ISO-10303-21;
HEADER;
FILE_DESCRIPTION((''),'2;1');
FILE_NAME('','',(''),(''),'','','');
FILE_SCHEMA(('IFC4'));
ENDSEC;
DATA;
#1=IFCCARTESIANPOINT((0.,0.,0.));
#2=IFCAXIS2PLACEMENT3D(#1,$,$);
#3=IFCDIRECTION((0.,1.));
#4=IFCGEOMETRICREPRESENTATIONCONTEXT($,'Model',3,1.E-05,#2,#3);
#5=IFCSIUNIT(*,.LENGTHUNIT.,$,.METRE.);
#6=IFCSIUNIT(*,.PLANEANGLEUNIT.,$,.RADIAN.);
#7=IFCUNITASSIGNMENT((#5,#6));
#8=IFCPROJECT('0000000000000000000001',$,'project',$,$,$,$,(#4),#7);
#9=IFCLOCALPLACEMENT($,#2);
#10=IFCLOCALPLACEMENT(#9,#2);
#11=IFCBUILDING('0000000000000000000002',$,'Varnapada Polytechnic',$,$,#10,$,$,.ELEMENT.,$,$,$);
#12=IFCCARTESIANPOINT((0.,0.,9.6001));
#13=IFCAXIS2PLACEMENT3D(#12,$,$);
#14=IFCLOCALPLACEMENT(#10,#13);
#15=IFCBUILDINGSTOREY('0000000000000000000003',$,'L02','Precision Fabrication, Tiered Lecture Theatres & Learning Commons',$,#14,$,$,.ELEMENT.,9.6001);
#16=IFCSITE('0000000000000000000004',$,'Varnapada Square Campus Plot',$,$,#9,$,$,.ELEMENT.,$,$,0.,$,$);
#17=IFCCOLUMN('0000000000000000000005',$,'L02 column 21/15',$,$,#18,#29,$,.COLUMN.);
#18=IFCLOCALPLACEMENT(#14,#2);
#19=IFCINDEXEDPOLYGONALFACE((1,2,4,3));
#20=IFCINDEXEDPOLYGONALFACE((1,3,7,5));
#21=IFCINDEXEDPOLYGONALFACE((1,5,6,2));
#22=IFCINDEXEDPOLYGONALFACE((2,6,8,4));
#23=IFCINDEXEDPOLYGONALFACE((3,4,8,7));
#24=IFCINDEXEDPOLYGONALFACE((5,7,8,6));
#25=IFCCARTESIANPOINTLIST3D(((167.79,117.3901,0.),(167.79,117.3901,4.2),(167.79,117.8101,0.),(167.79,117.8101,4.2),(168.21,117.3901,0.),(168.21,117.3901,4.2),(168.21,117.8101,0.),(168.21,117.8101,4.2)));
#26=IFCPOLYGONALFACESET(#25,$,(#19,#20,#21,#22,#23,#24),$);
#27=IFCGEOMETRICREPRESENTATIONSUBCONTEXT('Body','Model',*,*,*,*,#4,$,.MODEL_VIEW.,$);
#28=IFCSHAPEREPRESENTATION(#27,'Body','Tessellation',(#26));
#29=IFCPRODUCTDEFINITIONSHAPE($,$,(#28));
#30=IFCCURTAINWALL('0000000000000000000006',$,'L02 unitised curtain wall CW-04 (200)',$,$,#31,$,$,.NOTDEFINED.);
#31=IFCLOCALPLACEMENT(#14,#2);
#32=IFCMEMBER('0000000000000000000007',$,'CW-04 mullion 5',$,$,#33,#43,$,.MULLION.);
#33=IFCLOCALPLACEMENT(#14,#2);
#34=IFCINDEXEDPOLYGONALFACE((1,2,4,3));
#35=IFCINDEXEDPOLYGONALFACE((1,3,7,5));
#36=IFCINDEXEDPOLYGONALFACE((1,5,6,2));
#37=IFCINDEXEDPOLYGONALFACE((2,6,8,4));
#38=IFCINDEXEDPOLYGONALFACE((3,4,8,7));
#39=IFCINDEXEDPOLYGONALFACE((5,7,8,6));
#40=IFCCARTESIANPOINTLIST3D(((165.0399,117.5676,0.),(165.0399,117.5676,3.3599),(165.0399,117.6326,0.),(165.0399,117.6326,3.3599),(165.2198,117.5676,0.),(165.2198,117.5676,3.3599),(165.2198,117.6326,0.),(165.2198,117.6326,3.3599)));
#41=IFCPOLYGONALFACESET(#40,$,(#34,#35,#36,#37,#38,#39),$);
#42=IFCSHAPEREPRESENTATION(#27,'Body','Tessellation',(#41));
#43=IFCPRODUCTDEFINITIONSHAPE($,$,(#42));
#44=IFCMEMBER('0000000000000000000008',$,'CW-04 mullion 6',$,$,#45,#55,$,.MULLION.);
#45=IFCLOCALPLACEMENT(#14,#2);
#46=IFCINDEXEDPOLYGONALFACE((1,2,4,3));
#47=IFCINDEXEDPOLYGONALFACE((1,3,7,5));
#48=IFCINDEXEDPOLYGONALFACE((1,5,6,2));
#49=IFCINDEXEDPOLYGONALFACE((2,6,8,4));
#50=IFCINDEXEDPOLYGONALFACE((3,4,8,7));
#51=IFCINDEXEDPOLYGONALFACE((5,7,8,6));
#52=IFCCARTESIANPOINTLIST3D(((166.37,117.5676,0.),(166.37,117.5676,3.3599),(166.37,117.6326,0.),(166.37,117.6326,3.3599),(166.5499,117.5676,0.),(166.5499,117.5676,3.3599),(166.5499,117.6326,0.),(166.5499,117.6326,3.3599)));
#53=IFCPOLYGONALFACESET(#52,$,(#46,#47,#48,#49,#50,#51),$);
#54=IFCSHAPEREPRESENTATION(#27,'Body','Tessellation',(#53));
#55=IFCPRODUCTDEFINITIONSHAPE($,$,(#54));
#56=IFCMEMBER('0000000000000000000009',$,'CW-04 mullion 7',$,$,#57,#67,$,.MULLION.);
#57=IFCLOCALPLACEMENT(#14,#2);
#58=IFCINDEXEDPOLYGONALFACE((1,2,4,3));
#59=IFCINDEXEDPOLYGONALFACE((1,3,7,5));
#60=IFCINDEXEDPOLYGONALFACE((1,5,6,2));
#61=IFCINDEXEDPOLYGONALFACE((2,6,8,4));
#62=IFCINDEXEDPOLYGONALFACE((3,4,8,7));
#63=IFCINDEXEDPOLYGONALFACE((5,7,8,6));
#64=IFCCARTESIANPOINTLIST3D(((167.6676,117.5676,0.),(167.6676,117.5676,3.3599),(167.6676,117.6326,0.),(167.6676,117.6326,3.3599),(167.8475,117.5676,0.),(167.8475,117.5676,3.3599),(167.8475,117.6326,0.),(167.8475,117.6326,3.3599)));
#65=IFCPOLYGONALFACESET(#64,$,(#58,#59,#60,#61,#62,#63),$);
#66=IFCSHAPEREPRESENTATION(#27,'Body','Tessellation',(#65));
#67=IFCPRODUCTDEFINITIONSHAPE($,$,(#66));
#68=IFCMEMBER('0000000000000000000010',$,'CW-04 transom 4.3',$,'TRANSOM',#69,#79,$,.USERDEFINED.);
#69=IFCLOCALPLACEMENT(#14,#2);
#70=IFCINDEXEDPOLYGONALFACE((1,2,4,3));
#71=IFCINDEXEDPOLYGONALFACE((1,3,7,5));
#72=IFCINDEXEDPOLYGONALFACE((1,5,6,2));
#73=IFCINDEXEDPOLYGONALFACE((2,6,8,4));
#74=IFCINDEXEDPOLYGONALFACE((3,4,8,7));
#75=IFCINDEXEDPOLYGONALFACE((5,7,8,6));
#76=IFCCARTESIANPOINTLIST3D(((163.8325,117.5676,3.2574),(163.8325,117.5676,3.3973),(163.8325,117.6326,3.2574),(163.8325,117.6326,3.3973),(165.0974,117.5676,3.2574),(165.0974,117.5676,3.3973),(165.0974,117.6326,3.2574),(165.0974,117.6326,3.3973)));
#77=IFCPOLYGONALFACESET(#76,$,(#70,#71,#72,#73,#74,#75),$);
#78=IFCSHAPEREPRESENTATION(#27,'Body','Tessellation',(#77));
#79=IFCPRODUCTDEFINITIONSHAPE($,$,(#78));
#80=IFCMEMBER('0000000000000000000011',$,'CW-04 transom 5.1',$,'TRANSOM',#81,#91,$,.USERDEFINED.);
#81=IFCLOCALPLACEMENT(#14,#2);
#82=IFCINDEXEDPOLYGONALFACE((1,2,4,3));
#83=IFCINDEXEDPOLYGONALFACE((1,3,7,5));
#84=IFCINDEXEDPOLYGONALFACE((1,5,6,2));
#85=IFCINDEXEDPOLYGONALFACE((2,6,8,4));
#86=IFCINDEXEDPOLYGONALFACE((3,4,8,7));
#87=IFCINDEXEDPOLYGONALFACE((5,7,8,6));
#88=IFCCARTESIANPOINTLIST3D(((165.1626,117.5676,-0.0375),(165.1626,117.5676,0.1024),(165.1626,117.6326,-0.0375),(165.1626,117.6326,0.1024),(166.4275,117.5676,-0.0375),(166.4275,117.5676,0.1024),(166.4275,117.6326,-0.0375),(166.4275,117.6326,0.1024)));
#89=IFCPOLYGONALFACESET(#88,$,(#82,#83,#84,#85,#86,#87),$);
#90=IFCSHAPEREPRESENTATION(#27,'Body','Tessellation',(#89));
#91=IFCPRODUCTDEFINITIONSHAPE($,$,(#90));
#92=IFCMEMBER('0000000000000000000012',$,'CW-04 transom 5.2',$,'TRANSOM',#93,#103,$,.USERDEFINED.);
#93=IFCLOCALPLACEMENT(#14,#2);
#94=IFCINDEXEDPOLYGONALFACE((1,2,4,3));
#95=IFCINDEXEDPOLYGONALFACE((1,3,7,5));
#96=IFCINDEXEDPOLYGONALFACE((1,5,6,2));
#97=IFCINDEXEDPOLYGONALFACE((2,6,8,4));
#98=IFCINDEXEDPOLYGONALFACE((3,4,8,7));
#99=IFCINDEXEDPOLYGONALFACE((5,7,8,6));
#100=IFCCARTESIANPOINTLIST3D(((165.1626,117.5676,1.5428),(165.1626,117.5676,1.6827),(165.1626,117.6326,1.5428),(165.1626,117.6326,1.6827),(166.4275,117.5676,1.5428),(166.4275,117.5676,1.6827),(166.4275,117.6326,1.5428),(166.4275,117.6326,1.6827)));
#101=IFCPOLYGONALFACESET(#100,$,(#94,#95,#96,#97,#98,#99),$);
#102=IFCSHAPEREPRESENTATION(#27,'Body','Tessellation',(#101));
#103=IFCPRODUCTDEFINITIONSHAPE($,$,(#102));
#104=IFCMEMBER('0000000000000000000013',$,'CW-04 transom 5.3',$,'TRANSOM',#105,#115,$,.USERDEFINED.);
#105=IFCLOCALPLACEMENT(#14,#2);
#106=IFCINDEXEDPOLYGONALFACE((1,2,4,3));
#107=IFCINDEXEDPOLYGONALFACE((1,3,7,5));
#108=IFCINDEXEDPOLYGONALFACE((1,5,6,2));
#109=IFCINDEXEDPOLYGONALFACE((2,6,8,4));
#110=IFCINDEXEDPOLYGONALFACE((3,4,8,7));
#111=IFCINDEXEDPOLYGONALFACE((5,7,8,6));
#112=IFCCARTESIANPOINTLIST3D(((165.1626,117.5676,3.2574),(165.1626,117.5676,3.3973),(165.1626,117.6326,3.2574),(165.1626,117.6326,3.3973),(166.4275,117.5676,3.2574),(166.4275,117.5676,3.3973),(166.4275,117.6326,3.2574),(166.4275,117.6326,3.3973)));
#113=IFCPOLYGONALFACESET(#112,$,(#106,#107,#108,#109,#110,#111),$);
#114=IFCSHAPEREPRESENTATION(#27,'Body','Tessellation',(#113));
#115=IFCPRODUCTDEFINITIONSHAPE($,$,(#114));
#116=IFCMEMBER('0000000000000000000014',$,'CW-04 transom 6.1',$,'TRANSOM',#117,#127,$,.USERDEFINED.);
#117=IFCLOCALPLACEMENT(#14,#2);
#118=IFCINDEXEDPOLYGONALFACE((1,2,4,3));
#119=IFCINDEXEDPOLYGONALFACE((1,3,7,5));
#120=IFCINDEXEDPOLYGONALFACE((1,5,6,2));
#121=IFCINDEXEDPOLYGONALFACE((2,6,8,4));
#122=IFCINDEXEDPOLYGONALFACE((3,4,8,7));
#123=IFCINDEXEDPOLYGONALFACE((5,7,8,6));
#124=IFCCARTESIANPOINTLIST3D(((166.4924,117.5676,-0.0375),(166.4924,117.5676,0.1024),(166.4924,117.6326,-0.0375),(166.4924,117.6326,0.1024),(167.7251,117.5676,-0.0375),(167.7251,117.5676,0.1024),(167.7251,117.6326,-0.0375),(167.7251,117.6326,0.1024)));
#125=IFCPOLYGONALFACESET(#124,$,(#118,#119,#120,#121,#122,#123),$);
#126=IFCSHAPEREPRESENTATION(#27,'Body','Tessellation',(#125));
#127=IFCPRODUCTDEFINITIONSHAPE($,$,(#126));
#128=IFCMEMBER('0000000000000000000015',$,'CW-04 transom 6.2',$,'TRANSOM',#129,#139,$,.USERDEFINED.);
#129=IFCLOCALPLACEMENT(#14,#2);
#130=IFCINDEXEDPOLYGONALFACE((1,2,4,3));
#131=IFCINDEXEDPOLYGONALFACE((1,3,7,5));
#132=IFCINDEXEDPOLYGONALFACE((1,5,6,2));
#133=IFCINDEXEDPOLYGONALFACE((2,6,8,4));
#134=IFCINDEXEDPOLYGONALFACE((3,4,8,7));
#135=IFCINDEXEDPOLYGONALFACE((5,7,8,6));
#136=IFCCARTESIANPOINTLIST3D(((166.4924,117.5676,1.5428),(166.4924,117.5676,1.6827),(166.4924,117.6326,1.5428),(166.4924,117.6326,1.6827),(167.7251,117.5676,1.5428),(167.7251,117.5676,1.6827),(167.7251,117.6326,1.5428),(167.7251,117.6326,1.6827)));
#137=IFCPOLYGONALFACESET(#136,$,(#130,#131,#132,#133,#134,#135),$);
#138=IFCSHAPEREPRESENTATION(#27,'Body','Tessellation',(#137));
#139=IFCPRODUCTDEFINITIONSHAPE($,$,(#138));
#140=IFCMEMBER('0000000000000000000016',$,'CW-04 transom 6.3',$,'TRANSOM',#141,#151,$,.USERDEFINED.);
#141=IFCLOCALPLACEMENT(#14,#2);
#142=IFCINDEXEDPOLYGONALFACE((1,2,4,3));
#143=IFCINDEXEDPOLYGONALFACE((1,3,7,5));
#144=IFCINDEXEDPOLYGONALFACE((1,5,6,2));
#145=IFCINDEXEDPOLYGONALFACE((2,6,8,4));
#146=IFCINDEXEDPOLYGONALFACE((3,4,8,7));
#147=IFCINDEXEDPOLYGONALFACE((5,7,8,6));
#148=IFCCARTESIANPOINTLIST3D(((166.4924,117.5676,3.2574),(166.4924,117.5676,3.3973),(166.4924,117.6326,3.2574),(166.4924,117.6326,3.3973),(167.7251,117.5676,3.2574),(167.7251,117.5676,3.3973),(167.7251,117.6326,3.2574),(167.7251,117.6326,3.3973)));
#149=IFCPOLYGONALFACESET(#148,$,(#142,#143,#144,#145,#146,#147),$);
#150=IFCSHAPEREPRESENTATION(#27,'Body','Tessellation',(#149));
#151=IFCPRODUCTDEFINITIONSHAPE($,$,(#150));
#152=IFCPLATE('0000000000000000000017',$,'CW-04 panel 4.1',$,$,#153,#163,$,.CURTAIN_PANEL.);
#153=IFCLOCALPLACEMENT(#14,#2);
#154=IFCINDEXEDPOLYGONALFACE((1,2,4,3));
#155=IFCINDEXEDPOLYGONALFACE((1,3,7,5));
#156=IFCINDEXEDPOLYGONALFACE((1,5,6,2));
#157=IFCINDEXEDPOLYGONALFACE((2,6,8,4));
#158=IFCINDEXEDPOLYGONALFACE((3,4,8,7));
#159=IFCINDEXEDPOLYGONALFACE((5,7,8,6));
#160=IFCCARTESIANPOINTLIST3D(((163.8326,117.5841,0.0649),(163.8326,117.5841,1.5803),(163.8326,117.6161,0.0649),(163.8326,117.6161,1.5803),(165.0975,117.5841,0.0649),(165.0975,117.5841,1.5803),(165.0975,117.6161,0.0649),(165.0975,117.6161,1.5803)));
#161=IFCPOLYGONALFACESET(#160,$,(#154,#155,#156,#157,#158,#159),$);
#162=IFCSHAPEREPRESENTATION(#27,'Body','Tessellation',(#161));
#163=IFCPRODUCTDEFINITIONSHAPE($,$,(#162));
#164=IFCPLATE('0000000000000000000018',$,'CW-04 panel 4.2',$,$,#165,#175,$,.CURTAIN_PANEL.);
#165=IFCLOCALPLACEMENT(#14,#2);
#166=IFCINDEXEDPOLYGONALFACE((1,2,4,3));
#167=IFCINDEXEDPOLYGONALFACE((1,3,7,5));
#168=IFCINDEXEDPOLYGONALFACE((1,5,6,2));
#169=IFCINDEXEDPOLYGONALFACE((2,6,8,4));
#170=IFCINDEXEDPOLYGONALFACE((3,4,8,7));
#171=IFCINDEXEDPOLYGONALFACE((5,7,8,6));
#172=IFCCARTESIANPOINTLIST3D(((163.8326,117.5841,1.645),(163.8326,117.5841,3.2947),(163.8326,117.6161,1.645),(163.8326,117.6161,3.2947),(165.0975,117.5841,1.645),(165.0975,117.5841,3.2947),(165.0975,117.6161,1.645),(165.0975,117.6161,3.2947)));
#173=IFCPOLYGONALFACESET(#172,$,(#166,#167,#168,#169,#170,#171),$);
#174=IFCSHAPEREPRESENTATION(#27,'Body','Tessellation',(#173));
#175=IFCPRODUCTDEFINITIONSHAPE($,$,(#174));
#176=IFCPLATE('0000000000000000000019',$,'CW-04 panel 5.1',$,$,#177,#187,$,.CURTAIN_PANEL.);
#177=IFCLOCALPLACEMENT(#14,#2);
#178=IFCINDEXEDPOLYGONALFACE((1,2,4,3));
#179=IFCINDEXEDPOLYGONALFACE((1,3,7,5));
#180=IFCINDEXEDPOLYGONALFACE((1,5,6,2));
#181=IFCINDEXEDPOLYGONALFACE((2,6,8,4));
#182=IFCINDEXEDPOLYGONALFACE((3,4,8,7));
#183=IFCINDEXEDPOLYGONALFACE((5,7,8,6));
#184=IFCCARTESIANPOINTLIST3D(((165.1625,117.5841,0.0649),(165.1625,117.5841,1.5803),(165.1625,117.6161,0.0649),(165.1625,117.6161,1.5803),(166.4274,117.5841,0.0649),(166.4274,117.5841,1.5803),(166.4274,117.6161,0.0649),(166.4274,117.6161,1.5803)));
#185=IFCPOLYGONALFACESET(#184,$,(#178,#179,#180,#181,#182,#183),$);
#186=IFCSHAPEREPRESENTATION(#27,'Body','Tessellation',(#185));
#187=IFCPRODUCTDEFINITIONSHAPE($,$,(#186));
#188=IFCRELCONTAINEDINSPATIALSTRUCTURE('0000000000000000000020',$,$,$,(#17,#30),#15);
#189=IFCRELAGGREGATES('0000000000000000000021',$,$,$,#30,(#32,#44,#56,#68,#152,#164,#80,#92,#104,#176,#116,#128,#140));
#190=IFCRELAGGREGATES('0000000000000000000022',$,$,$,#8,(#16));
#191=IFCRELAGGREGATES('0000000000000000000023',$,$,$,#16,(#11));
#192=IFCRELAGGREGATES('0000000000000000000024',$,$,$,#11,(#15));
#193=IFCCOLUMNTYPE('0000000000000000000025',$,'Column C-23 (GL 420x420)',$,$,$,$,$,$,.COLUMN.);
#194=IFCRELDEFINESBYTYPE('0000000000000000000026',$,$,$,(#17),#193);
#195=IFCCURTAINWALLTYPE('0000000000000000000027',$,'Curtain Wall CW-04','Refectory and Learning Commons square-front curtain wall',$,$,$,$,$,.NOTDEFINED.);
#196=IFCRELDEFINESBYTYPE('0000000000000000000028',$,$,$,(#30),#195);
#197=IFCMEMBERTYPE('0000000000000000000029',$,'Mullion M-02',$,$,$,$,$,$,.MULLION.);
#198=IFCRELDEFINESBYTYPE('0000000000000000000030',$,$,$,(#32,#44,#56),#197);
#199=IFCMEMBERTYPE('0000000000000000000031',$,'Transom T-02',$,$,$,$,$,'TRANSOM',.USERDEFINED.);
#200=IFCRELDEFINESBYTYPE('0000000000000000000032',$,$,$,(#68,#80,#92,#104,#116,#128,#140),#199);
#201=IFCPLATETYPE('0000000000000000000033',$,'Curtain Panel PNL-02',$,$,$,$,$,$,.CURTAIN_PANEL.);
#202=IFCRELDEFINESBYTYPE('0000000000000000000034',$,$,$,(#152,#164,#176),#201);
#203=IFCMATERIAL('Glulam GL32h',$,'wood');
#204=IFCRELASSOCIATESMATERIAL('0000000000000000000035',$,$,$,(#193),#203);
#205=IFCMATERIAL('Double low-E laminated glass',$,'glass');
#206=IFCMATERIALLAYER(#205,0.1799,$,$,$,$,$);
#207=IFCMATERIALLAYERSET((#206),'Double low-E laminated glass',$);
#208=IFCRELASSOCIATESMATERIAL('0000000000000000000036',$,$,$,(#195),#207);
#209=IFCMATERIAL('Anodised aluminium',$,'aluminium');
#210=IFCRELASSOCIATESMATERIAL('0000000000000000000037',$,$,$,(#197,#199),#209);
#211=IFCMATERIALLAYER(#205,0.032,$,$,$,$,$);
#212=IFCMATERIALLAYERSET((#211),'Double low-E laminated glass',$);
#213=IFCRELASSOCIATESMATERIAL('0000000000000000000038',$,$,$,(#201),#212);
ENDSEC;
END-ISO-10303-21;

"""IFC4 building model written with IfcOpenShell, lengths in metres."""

from ifc_helpers import new_model, si_unit, direction, frame, origin, origin_2d, place, context, subcontext, project, spatial, rectangle, extrude, material, layer, layer_set, material_profile, profile_set, type_object, element, aggregate, save


model = new_model("IFC4")

# Units and contexts
model_context = context("Model", 3, precision=1e-05, world=origin(), true_north=direction((0.0, 1.0)))
body_context = subcontext(model_context, "Body", "Model", "MODEL_VIEW")
ifc_project = project(units=[si_unit("LENGTHUNIT", "METRE"), si_unit("PLANEANGLEUNIT", "RADIAN")], contexts=[model_context])

# Site, building, storey
site_placement = place(None, origin())
site = spatial("IfcSite", under=ifc_project, at=site_placement, Name="Varnapada Square Campus Plot", CompositionType="ELEMENT", RefElevation=0.0)
building_placement = place(site_placement, origin())
building = spatial("IfcBuilding", under=site, at=building_placement, Name="Varnapada Polytechnic", CompositionType="ELEMENT")
storey_placement = place(building_placement, frame((0.0, 0.0, 9.6001)))
storey = spatial("IfcBuildingStorey", under=building, at=storey_placement, Name="L02", Description="Precision Fabrication, Tiered Lecture Theatres & Learning Commons", CompositionType="ELEMENT", Elevation=9.6001)

# Column
ifc_material_1 = material(Name="Glulam GL32h", Category="wood")
ifc_material_profile_1 = material_profile(ifc_material_1, rectangle(XDim=0.4199, YDim=0.4199, at=origin_2d()), Name="GL 420x420")
ifc_profile_set_1 = profile_set([ifc_material_profile_1], Name="Glulam GL32h")
column_type = type_object("IfcColumnType", Name="Column C-23 (GL 420x420)", PredefinedType="COLUMN", material=ifc_profile_set_1)
column_placement = place(storey_placement, frame((168.0, 117.6001, 0.0), z_axis=(0.0, 0.0, 1.0), x_axis=(1.0, 0.0, 0.0)))
element("IfcColumn", 1, at=column_placement, inside=storey, type_object=column_type, Name="L02 column 21/15", PredefinedType="COLUMN", context=body_context, shape_type="SweptSolid", body=[
    extrude(rectangle(XDim=0.4199, YDim=0.4199, at=origin_2d()), origin(), (0.0, 0.0, 1.0), 4.2),
])

# Curtain wall, members, plates
ifc_material_2 = material(Name="Double low-E laminated glass", Category="glass")
ifc_layer_1 = layer(ifc_material_2, 0.1799)
ifc_layer_set_1 = layer_set([ifc_layer_1], Name="Double low-E laminated glass")
curtain_wall_type = type_object("IfcCurtainWallType", Name="Curtain Wall CW-04", Description="Refectory and Learning Commons square-front curtain wall", PredefinedType="NOTDEFINED", material=ifc_layer_set_1)
curtain_wall_placement = place(storey_placement, origin())
curtain_wall = element("IfcCurtainWall", 2, at=curtain_wall_placement, inside=storey, type_object=curtain_wall_type, Name="L02 unitised curtain wall CW-04 (200)", PredefinedType="NOTDEFINED")
ifc_material_3 = material(Name="Anodised aluminium", Category="aluminium")
ifc_material_profile_2 = material_profile(ifc_material_3, rectangle(XDim=0.0649, YDim=0.1799, at=origin_2d()), Name="ALU M65x180")
ifc_profile_set_2 = profile_set([ifc_material_profile_2], Name="Anodised aluminium")
member_type_1 = type_object("IfcMemberType", Name="Mullion M-02", PredefinedType="MULLION", material=ifc_profile_set_2)
member_1_placement = place(storey_placement, frame((165.1299, 117.6001, 0.0), z_axis=(0.0, 0.0, 1.0), x_axis=(0.0, 1.0, 0.0)))
member_1 = element("IfcMember", 3, at=member_1_placement, type_object=member_type_1, Name="CW-04 mullion 5", PredefinedType="MULLION", context=body_context, shape_type="SweptSolid", body=[
    extrude(rectangle(XDim=0.0649, YDim=0.1799, at=origin_2d()), origin(), (0.0, 0.0, 1.0), 3.3599),
])
member_2_placement = place(storey_placement, frame((166.46, 117.6001, 0.0), z_axis=(0.0, 0.0, 1.0), x_axis=(0.0, 1.0, 0.0)))
member_2 = element("IfcMember", 4, at=member_2_placement, type_object=member_type_1, Name="CW-04 mullion 6", PredefinedType="MULLION", context=body_context, shape_type="SweptSolid", body=[
    extrude(rectangle(XDim=0.0649, YDim=0.1799, at=origin_2d()), origin(), (0.0, 0.0, 1.0), 3.3599),
])
member_3_placement = place(storey_placement, frame((167.7576, 117.6001, 0.0), z_axis=(0.0, 0.0, 1.0), x_axis=(0.0, 1.0, 0.0)))
member_3 = element("IfcMember", 5, at=member_3_placement, type_object=member_type_1, Name="CW-04 mullion 7", PredefinedType="MULLION", context=body_context, shape_type="SweptSolid", body=[
    extrude(rectangle(XDim=0.0649, YDim=0.1799, at=origin_2d()), origin(), (0.0, 0.0, 1.0), 3.3599),
])
ifc_material_profile_3 = material_profile(ifc_material_3, rectangle(XDim=0.0649, YDim=0.1399, at=origin_2d()), Name="ALU T65x140")
ifc_profile_set_3 = profile_set([ifc_material_profile_3], Name="Anodised aluminium")
member_type_2 = type_object("IfcMemberType", Name="Transom T-02", ElementType="TRANSOM", PredefinedType="USERDEFINED", material=ifc_profile_set_3)
member_4_placement = place(storey_placement, frame((163.8325, 117.6001, 3.3274), z_axis=(1.0, 0.0, 0.0), x_axis=(0.0, 1.0, 0.0)))
member_4 = element("IfcMember", 6, at=member_4_placement, type_object=member_type_2, Name="CW-04 transom 4.3", ObjectType="TRANSOM", PredefinedType="USERDEFINED", context=body_context, shape_type="SweptSolid", body=[
    extrude(rectangle(XDim=0.0649, YDim=0.1399, at=origin_2d()), origin(), (0.0, 0.0, 1.0), 1.2649),
])
member_5_placement = place(storey_placement, frame((165.1626, 117.6001, 0.0325), z_axis=(1.0, 0.0, 0.0), x_axis=(0.0, 1.0, 0.0)))
member_5 = element("IfcMember", 7, at=member_5_placement, type_object=member_type_2, Name="CW-04 transom 5.1", ObjectType="TRANSOM", PredefinedType="USERDEFINED", context=body_context, shape_type="SweptSolid", body=[
    extrude(rectangle(XDim=0.0649, YDim=0.1399, at=origin_2d()), origin(), (0.0, 0.0, 1.0), 1.2649),
])
member_6_placement = place(storey_placement, frame((165.1626, 117.6001, 1.6128), z_axis=(1.0, 0.0, 0.0), x_axis=(0.0, 1.0, 0.0)))
member_6 = element("IfcMember", 8, at=member_6_placement, type_object=member_type_2, Name="CW-04 transom 5.2", ObjectType="TRANSOM", PredefinedType="USERDEFINED", context=body_context, shape_type="SweptSolid", body=[
    extrude(rectangle(XDim=0.0649, YDim=0.1399, at=origin_2d()), origin(), (0.0, 0.0, 1.0), 1.2649),
])
member_7_placement = place(storey_placement, frame((165.1626, 117.6001, 3.3274), z_axis=(1.0, 0.0, 0.0), x_axis=(0.0, 1.0, 0.0)))
member_7 = element("IfcMember", 9, at=member_7_placement, type_object=member_type_2, Name="CW-04 transom 5.3", ObjectType="TRANSOM", PredefinedType="USERDEFINED", context=body_context, shape_type="SweptSolid", body=[
    extrude(rectangle(XDim=0.0649, YDim=0.1399, at=origin_2d()), origin(), (0.0, 0.0, 1.0), 1.2649),
])
member_8_placement = place(storey_placement, frame((166.4924, 117.6001, 0.0325), z_axis=(1.0, 0.0, 0.0), x_axis=(0.0, 1.0, 0.0)))
member_8 = element("IfcMember", 10, at=member_8_placement, type_object=member_type_2, Name="CW-04 transom 6.1", ObjectType="TRANSOM", PredefinedType="USERDEFINED", context=body_context, shape_type="SweptSolid", body=[
    extrude(rectangle(XDim=0.0649, YDim=0.1399, at=origin_2d()), origin(), (0.0, 0.0, 1.0), 1.2327),
])
member_9_placement = place(storey_placement, frame((166.4924, 117.6001, 1.6128), z_axis=(1.0, 0.0, 0.0), x_axis=(0.0, 1.0, 0.0)))
member_9 = element("IfcMember", 11, at=member_9_placement, type_object=member_type_2, Name="CW-04 transom 6.2", ObjectType="TRANSOM", PredefinedType="USERDEFINED", context=body_context, shape_type="SweptSolid", body=[
    extrude(rectangle(XDim=0.0649, YDim=0.1399, at=origin_2d()), origin(), (0.0, 0.0, 1.0), 1.2327),
])
member_10_placement = place(storey_placement, frame((166.4924, 117.6001, 3.3274), z_axis=(1.0, 0.0, 0.0), x_axis=(0.0, 1.0, 0.0)))
member_10 = element("IfcMember", 12, at=member_10_placement, type_object=member_type_2, Name="CW-04 transom 6.3", ObjectType="TRANSOM", PredefinedType="USERDEFINED", context=body_context, shape_type="SweptSolid", body=[
    extrude(rectangle(XDim=0.0649, YDim=0.1399, at=origin_2d()), origin(), (0.0, 0.0, 1.0), 1.2327),
])
ifc_layer_2 = layer(ifc_material_2, 0.032)
ifc_layer_set_2 = layer_set([ifc_layer_2], Name="Double low-E laminated glass")
plate_type = type_object("IfcPlateType", Name="Curtain Panel PNL-02", PredefinedType="CURTAIN_PANEL", material=ifc_layer_set_2)
plate_1_placement = place(storey_placement, frame((164.4651, 117.6001, 0.0649), z_axis=(0.0, 0.0, 1.0), x_axis=(1.0, 0.0, 0.0)))
plate_1 = element("IfcPlate", 13, at=plate_1_placement, type_object=plate_type, Name="CW-04 panel 4.1", PredefinedType="CURTAIN_PANEL", context=body_context, shape_type="SweptSolid", body=[
    extrude(rectangle(XDim=1.2649, YDim=0.032, at=origin_2d()), origin(), (0.0, 0.0, 1.0), 1.5154),
])
plate_2_placement = place(storey_placement, frame((164.4651, 117.6001, 1.645), z_axis=(0.0, 0.0, 1.0), x_axis=(1.0, 0.0, 0.0)))
plate_2 = element("IfcPlate", 14, at=plate_2_placement, type_object=plate_type, Name="CW-04 panel 4.2", PredefinedType="CURTAIN_PANEL", context=body_context, shape_type="SweptSolid", body=[
    extrude(rectangle(XDim=1.2649, YDim=0.032, at=origin_2d()), origin(), (0.0, 0.0, 1.0), 1.6497),
])
plate_3_placement = place(storey_placement, frame((165.7949, 117.6001, 0.0649), z_axis=(0.0, 0.0, 1.0), x_axis=(1.0, 0.0, 0.0)))
plate_3 = element("IfcPlate", 15, at=plate_3_placement, type_object=plate_type, Name="CW-04 panel 5.1", PredefinedType="CURTAIN_PANEL", context=body_context, shape_type="SweptSolid", body=[
    extrude(rectangle(XDim=1.2649, YDim=0.032, at=origin_2d()), origin(), (0.0, 0.0, 1.0), 1.5154),
])
aggregate(curtain_wall, [member_1, member_2, member_3, member_4, plate_1, plate_2, member_5, member_6, member_7, plate_3, member_8, member_9, member_10])

save(model, "model.ifc")
